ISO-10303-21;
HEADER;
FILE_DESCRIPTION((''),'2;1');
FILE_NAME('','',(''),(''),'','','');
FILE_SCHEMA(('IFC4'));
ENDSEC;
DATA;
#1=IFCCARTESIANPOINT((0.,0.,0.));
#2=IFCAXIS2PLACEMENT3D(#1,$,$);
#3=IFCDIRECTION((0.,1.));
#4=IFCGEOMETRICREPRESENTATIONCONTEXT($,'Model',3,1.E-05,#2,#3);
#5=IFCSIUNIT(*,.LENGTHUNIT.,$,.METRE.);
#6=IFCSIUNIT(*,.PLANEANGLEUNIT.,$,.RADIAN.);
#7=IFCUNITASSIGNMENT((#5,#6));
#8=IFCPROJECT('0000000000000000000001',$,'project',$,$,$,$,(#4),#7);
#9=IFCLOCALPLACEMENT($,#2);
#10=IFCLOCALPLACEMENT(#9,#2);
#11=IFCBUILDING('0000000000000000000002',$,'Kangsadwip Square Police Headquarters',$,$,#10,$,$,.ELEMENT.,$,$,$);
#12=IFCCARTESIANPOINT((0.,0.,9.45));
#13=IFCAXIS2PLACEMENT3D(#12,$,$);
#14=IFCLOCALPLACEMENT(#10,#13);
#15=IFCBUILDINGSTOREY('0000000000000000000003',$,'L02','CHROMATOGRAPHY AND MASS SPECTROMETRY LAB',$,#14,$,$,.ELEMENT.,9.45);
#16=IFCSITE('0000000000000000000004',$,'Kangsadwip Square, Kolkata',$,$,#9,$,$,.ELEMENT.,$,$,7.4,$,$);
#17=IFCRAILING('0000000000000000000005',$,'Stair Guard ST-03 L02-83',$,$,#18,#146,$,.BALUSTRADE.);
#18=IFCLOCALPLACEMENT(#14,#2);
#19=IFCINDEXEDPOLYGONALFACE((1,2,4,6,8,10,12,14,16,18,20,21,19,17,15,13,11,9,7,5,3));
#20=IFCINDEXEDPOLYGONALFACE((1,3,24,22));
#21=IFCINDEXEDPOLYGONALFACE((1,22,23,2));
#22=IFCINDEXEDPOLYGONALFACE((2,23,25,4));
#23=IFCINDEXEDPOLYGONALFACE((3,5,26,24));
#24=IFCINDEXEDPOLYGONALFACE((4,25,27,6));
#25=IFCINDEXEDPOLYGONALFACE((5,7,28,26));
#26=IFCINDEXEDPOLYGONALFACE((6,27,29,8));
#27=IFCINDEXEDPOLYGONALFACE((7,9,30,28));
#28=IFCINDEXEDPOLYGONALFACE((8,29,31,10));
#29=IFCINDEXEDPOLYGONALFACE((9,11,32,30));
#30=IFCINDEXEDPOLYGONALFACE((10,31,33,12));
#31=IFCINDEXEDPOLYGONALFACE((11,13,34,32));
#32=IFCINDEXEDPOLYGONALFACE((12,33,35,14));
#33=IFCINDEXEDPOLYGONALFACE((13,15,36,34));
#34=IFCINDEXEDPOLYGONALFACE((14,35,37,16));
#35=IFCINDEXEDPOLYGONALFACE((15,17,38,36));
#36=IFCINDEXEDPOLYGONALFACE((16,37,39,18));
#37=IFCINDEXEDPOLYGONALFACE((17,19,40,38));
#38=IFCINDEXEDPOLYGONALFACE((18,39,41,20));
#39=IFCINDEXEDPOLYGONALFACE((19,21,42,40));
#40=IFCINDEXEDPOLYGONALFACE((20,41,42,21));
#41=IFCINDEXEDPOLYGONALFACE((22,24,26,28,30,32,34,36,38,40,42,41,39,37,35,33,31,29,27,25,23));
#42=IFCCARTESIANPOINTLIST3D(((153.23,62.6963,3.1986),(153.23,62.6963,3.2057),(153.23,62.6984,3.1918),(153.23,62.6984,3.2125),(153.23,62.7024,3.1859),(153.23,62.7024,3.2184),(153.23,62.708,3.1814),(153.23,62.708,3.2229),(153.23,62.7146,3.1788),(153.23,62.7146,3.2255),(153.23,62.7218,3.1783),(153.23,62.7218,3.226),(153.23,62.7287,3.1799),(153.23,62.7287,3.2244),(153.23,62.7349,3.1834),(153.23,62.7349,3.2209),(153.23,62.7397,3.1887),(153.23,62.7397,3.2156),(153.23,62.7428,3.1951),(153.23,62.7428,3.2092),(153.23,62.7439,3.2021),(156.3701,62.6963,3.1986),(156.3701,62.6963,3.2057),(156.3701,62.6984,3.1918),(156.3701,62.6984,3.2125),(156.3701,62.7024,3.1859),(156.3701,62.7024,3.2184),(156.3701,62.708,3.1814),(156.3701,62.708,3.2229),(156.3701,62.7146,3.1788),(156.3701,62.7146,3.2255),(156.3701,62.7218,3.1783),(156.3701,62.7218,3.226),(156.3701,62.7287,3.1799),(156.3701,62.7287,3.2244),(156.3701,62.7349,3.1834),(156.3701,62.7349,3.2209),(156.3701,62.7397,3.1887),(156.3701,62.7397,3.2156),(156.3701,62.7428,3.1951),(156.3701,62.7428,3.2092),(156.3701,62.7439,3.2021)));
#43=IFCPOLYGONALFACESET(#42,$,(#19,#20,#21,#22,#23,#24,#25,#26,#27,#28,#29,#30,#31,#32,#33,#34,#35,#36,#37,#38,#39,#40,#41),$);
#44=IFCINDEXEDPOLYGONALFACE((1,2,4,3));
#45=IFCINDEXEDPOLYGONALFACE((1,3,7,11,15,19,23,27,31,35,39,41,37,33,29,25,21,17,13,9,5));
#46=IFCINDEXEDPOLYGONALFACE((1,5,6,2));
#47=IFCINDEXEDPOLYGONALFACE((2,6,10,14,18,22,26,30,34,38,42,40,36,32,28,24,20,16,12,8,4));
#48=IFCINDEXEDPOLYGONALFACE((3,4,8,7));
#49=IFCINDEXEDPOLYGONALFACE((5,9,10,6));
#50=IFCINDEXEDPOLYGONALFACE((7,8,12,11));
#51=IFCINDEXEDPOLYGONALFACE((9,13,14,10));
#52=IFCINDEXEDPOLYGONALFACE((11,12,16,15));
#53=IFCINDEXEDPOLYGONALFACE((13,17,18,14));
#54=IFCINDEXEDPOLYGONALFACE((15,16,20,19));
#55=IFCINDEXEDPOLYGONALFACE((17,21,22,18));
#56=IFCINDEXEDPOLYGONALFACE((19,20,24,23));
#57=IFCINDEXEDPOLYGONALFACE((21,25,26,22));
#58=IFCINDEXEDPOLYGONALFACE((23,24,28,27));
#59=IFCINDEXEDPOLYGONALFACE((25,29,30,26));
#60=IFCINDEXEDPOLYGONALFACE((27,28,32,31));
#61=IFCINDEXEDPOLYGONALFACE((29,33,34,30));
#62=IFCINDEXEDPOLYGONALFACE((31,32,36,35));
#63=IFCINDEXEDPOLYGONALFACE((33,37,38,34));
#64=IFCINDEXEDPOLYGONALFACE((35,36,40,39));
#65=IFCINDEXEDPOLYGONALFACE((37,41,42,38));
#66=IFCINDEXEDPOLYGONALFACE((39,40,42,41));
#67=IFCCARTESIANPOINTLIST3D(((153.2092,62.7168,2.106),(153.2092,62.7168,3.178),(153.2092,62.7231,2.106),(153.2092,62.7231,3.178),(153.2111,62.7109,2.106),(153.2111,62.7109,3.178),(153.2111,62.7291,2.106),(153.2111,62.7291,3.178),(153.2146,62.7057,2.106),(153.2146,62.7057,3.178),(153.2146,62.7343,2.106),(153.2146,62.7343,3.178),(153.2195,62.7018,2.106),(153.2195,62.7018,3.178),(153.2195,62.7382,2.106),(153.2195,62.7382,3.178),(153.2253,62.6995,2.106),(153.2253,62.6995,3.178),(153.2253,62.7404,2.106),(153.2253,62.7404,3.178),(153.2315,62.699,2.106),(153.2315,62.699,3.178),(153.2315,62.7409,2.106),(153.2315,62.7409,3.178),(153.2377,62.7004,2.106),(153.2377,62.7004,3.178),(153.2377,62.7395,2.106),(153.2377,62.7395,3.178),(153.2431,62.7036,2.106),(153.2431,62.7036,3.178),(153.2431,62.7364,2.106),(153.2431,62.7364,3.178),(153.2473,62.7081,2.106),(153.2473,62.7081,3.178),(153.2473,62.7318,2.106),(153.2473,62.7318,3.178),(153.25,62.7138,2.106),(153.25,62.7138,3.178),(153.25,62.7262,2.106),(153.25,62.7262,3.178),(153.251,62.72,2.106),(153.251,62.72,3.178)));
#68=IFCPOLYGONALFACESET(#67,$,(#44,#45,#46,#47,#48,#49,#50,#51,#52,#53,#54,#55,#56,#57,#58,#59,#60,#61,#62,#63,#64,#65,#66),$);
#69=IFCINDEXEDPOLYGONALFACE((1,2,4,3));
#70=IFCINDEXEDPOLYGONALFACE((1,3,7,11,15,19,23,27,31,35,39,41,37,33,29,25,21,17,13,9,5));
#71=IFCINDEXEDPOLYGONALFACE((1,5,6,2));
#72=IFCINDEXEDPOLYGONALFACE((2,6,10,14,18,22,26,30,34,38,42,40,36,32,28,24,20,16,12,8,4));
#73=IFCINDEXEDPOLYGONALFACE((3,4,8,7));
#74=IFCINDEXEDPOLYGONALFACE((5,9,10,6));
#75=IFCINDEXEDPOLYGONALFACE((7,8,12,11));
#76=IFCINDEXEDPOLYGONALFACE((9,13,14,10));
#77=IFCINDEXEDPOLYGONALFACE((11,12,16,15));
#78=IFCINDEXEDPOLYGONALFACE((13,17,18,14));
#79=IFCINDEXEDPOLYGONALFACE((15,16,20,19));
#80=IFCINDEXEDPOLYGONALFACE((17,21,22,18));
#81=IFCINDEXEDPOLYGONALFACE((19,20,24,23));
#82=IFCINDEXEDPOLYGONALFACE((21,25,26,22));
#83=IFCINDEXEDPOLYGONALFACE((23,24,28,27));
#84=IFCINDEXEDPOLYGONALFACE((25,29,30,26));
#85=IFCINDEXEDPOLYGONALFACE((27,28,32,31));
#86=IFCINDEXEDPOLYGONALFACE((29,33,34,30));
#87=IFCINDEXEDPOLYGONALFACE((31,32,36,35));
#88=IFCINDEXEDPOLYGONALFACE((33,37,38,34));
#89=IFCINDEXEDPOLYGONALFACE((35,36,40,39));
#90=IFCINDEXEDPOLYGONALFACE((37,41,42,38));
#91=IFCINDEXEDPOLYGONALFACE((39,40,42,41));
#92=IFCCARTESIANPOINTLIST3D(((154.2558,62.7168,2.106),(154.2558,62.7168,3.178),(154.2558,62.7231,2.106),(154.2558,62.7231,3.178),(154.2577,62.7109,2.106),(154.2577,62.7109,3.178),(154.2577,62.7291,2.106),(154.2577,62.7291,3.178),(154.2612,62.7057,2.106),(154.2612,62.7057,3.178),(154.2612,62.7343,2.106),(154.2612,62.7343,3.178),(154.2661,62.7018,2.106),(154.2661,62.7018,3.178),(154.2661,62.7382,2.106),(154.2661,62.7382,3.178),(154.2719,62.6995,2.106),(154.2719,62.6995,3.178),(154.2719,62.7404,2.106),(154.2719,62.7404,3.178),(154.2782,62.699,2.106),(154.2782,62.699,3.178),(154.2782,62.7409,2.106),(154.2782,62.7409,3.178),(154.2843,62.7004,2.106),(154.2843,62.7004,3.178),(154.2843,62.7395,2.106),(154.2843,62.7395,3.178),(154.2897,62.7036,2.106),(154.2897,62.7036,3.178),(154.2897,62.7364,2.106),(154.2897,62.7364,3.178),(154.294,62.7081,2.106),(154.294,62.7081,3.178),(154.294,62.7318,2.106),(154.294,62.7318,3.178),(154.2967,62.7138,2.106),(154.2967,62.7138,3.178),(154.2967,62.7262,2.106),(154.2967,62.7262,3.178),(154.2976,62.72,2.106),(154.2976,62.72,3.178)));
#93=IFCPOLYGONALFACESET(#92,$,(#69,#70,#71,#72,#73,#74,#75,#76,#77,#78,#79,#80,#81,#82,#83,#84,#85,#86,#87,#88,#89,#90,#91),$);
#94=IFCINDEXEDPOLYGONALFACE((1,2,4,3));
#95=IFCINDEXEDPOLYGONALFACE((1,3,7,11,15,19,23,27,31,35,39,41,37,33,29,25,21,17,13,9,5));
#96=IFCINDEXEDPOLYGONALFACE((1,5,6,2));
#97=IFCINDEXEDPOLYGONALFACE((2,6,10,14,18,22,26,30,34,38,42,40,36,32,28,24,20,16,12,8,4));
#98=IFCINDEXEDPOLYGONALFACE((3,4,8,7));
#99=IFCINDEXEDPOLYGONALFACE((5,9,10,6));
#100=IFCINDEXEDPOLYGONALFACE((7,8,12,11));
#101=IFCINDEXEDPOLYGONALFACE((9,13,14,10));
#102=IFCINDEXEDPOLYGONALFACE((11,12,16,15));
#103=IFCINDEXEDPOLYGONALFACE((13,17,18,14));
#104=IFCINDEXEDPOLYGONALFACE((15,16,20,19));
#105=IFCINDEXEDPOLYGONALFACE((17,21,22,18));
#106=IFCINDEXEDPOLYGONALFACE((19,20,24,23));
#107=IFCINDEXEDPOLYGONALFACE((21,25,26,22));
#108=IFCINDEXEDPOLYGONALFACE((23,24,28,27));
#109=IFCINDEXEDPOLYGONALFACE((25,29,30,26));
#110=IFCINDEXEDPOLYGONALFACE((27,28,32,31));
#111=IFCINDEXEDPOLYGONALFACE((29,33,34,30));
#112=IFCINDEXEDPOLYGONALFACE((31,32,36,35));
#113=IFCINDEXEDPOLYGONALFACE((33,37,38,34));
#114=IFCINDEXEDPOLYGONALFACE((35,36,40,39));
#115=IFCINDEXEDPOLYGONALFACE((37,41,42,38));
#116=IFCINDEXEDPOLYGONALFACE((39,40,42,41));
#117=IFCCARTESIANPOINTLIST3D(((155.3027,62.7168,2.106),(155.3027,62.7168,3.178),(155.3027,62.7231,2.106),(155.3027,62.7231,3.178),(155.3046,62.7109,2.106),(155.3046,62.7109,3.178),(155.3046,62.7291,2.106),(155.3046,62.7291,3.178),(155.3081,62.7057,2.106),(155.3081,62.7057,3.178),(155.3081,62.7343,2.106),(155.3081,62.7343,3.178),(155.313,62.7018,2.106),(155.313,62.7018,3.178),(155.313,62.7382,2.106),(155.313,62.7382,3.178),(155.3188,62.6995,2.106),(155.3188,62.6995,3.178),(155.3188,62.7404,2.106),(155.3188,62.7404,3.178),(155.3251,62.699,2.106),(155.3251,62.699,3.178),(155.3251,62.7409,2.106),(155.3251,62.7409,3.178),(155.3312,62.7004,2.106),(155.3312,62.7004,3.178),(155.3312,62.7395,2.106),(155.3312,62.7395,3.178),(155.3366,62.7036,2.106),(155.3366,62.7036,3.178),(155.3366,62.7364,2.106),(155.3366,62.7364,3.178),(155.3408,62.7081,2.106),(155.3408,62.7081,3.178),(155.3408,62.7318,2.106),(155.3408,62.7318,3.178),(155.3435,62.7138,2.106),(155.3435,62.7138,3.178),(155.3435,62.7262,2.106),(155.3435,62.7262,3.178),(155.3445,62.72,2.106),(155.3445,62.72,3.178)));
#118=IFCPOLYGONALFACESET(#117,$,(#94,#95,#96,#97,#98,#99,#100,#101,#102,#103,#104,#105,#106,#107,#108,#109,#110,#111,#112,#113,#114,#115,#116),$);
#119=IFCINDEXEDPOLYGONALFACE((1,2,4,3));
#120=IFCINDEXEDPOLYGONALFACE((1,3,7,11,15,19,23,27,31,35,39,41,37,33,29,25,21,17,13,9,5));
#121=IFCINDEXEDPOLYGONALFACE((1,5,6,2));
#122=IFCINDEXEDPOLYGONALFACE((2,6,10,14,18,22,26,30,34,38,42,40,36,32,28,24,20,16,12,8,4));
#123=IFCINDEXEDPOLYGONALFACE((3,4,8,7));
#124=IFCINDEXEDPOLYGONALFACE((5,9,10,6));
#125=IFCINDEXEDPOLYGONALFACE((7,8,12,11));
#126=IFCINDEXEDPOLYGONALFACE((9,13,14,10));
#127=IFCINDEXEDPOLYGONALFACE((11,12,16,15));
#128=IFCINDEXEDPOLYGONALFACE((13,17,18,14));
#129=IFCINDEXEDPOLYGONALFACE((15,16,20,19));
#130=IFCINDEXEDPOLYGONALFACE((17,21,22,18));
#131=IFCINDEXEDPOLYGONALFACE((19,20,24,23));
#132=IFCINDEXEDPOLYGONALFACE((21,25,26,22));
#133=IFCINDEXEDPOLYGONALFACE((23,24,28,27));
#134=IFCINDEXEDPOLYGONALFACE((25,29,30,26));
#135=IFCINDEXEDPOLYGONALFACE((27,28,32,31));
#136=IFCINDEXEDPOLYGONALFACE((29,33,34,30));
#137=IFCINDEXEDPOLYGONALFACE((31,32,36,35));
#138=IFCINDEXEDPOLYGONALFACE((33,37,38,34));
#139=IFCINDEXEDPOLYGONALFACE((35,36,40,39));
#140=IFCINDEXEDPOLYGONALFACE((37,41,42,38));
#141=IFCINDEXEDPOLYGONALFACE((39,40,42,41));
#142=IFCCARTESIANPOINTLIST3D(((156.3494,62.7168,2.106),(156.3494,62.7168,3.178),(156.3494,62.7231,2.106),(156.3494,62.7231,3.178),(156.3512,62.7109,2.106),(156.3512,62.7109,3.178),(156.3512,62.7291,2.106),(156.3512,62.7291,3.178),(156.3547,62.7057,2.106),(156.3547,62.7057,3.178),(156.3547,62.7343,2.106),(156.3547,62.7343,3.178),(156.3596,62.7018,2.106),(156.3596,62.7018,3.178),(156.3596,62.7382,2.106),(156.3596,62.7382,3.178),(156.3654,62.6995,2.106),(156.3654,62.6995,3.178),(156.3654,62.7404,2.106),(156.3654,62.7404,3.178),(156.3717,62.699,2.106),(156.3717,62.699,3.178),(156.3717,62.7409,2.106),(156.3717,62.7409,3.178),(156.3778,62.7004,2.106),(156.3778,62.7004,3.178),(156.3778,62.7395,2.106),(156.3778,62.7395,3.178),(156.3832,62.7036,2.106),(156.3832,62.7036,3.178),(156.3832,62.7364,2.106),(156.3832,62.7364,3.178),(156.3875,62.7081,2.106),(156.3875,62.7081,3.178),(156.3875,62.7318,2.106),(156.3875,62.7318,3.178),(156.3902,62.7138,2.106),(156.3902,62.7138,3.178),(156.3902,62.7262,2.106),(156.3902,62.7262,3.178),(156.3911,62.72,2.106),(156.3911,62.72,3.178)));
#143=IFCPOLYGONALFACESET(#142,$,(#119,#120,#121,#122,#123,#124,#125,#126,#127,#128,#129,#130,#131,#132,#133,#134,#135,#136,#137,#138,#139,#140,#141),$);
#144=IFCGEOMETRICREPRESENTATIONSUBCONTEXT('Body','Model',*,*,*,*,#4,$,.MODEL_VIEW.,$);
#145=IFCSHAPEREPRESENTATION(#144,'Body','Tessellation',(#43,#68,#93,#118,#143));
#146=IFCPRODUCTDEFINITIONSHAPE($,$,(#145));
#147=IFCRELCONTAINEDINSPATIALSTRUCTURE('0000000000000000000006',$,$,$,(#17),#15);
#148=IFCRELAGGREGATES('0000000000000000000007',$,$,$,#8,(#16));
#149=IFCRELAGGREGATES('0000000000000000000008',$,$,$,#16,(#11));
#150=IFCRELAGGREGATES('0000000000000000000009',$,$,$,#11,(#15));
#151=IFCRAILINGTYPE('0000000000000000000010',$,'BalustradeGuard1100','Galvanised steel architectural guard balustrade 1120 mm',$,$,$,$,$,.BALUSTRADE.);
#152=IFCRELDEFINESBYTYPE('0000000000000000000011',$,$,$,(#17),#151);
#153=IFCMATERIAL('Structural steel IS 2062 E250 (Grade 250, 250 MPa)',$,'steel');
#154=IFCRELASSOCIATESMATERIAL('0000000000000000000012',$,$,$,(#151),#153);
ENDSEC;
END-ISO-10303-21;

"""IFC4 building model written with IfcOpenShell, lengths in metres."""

from ifc_helpers import new_model, si_unit, direction, frame, origin, origin_2d, place, context, subcontext, project, spatial, circle, extrude, material, type_object, element, save


model = new_model("IFC4")

# Units and contexts
model_context = context("Model", 3, precision=1e-05, world=origin(), true_north=direction((0.0, 1.0)))
body_context = subcontext(model_context, "Body", "Model", "MODEL_VIEW")
ifc_project = project(units=[si_unit("LENGTHUNIT", "METRE"), si_unit("PLANEANGLEUNIT", "RADIAN")], contexts=[model_context])

# Site, building, storey
site_placement = place(None, origin())
site = spatial("IfcSite", under=ifc_project, at=site_placement, Name="Kangsadwip Square, Kolkata", CompositionType="ELEMENT", RefElevation=7.4)
building_placement = place(site_placement, origin())
building = spatial("IfcBuilding", under=site, at=building_placement, Name="Kangsadwip Square Police Headquarters", CompositionType="ELEMENT")
storey_placement = place(building_placement, frame((0.0, 0.0, 9.45)))
storey = spatial("IfcBuildingStorey", under=building, at=storey_placement, Name="L02", Description="CHROMATOGRAPHY AND MASS SPECTROMETRY LAB", CompositionType="ELEMENT", Elevation=9.45)

# Railing
ifc_material_1 = material(Name="Structural steel IS 2062 E250 (Grade 250, 250 MPa)", Category="steel")
railing_type_1 = type_object("IfcRailingType", Name="BalustradeGuard1100", Description="Galvanised steel architectural guard balustrade 1120 mm", PredefinedType="BALUSTRADE", material=ifc_material_1)
for number, where, name in (
    (1, (153.23, 62.72, 2.106), "Stair Guard ST-03 L02-83"),
):
    element("IfcRailing", number, at=place(storey_placement, frame(where)), inside=storey, type_object=railing_type_1, Name=name, PredefinedType="BALUSTRADE", context=body_context, shape_type="SweptSolid", body=[
        extrude(circle(Radius=0.0239, at=origin_2d()), frame((0.0, 0.0, 1.0962), z_axis=(1.0, 0.0, 0.0), x_axis=(0.0, 1.0, 0.0)), (0.0, 0.0, 1.0), 3.1401),
        extrude(circle(Radius=0.021, at=origin_2d()), origin(), (0.0, 0.0, 1.0), 1.072),
        extrude(circle(Radius=0.021, at=origin_2d()), frame((1.0466, 0.0, 0.0)), (0.0, 0.0, 1.0), 1.072),
        extrude(circle(Radius=0.021, at=origin_2d()), frame((2.0935, 0.0, 0.0)), (0.0, 0.0, 1.0), 1.072),
        extrude(circle(Radius=0.021, at=origin_2d()), frame((3.1401, 0.0, 0.0)), (0.0, 0.0, 1.0), 1.072),
    ])

save(model, "model.ifc")
